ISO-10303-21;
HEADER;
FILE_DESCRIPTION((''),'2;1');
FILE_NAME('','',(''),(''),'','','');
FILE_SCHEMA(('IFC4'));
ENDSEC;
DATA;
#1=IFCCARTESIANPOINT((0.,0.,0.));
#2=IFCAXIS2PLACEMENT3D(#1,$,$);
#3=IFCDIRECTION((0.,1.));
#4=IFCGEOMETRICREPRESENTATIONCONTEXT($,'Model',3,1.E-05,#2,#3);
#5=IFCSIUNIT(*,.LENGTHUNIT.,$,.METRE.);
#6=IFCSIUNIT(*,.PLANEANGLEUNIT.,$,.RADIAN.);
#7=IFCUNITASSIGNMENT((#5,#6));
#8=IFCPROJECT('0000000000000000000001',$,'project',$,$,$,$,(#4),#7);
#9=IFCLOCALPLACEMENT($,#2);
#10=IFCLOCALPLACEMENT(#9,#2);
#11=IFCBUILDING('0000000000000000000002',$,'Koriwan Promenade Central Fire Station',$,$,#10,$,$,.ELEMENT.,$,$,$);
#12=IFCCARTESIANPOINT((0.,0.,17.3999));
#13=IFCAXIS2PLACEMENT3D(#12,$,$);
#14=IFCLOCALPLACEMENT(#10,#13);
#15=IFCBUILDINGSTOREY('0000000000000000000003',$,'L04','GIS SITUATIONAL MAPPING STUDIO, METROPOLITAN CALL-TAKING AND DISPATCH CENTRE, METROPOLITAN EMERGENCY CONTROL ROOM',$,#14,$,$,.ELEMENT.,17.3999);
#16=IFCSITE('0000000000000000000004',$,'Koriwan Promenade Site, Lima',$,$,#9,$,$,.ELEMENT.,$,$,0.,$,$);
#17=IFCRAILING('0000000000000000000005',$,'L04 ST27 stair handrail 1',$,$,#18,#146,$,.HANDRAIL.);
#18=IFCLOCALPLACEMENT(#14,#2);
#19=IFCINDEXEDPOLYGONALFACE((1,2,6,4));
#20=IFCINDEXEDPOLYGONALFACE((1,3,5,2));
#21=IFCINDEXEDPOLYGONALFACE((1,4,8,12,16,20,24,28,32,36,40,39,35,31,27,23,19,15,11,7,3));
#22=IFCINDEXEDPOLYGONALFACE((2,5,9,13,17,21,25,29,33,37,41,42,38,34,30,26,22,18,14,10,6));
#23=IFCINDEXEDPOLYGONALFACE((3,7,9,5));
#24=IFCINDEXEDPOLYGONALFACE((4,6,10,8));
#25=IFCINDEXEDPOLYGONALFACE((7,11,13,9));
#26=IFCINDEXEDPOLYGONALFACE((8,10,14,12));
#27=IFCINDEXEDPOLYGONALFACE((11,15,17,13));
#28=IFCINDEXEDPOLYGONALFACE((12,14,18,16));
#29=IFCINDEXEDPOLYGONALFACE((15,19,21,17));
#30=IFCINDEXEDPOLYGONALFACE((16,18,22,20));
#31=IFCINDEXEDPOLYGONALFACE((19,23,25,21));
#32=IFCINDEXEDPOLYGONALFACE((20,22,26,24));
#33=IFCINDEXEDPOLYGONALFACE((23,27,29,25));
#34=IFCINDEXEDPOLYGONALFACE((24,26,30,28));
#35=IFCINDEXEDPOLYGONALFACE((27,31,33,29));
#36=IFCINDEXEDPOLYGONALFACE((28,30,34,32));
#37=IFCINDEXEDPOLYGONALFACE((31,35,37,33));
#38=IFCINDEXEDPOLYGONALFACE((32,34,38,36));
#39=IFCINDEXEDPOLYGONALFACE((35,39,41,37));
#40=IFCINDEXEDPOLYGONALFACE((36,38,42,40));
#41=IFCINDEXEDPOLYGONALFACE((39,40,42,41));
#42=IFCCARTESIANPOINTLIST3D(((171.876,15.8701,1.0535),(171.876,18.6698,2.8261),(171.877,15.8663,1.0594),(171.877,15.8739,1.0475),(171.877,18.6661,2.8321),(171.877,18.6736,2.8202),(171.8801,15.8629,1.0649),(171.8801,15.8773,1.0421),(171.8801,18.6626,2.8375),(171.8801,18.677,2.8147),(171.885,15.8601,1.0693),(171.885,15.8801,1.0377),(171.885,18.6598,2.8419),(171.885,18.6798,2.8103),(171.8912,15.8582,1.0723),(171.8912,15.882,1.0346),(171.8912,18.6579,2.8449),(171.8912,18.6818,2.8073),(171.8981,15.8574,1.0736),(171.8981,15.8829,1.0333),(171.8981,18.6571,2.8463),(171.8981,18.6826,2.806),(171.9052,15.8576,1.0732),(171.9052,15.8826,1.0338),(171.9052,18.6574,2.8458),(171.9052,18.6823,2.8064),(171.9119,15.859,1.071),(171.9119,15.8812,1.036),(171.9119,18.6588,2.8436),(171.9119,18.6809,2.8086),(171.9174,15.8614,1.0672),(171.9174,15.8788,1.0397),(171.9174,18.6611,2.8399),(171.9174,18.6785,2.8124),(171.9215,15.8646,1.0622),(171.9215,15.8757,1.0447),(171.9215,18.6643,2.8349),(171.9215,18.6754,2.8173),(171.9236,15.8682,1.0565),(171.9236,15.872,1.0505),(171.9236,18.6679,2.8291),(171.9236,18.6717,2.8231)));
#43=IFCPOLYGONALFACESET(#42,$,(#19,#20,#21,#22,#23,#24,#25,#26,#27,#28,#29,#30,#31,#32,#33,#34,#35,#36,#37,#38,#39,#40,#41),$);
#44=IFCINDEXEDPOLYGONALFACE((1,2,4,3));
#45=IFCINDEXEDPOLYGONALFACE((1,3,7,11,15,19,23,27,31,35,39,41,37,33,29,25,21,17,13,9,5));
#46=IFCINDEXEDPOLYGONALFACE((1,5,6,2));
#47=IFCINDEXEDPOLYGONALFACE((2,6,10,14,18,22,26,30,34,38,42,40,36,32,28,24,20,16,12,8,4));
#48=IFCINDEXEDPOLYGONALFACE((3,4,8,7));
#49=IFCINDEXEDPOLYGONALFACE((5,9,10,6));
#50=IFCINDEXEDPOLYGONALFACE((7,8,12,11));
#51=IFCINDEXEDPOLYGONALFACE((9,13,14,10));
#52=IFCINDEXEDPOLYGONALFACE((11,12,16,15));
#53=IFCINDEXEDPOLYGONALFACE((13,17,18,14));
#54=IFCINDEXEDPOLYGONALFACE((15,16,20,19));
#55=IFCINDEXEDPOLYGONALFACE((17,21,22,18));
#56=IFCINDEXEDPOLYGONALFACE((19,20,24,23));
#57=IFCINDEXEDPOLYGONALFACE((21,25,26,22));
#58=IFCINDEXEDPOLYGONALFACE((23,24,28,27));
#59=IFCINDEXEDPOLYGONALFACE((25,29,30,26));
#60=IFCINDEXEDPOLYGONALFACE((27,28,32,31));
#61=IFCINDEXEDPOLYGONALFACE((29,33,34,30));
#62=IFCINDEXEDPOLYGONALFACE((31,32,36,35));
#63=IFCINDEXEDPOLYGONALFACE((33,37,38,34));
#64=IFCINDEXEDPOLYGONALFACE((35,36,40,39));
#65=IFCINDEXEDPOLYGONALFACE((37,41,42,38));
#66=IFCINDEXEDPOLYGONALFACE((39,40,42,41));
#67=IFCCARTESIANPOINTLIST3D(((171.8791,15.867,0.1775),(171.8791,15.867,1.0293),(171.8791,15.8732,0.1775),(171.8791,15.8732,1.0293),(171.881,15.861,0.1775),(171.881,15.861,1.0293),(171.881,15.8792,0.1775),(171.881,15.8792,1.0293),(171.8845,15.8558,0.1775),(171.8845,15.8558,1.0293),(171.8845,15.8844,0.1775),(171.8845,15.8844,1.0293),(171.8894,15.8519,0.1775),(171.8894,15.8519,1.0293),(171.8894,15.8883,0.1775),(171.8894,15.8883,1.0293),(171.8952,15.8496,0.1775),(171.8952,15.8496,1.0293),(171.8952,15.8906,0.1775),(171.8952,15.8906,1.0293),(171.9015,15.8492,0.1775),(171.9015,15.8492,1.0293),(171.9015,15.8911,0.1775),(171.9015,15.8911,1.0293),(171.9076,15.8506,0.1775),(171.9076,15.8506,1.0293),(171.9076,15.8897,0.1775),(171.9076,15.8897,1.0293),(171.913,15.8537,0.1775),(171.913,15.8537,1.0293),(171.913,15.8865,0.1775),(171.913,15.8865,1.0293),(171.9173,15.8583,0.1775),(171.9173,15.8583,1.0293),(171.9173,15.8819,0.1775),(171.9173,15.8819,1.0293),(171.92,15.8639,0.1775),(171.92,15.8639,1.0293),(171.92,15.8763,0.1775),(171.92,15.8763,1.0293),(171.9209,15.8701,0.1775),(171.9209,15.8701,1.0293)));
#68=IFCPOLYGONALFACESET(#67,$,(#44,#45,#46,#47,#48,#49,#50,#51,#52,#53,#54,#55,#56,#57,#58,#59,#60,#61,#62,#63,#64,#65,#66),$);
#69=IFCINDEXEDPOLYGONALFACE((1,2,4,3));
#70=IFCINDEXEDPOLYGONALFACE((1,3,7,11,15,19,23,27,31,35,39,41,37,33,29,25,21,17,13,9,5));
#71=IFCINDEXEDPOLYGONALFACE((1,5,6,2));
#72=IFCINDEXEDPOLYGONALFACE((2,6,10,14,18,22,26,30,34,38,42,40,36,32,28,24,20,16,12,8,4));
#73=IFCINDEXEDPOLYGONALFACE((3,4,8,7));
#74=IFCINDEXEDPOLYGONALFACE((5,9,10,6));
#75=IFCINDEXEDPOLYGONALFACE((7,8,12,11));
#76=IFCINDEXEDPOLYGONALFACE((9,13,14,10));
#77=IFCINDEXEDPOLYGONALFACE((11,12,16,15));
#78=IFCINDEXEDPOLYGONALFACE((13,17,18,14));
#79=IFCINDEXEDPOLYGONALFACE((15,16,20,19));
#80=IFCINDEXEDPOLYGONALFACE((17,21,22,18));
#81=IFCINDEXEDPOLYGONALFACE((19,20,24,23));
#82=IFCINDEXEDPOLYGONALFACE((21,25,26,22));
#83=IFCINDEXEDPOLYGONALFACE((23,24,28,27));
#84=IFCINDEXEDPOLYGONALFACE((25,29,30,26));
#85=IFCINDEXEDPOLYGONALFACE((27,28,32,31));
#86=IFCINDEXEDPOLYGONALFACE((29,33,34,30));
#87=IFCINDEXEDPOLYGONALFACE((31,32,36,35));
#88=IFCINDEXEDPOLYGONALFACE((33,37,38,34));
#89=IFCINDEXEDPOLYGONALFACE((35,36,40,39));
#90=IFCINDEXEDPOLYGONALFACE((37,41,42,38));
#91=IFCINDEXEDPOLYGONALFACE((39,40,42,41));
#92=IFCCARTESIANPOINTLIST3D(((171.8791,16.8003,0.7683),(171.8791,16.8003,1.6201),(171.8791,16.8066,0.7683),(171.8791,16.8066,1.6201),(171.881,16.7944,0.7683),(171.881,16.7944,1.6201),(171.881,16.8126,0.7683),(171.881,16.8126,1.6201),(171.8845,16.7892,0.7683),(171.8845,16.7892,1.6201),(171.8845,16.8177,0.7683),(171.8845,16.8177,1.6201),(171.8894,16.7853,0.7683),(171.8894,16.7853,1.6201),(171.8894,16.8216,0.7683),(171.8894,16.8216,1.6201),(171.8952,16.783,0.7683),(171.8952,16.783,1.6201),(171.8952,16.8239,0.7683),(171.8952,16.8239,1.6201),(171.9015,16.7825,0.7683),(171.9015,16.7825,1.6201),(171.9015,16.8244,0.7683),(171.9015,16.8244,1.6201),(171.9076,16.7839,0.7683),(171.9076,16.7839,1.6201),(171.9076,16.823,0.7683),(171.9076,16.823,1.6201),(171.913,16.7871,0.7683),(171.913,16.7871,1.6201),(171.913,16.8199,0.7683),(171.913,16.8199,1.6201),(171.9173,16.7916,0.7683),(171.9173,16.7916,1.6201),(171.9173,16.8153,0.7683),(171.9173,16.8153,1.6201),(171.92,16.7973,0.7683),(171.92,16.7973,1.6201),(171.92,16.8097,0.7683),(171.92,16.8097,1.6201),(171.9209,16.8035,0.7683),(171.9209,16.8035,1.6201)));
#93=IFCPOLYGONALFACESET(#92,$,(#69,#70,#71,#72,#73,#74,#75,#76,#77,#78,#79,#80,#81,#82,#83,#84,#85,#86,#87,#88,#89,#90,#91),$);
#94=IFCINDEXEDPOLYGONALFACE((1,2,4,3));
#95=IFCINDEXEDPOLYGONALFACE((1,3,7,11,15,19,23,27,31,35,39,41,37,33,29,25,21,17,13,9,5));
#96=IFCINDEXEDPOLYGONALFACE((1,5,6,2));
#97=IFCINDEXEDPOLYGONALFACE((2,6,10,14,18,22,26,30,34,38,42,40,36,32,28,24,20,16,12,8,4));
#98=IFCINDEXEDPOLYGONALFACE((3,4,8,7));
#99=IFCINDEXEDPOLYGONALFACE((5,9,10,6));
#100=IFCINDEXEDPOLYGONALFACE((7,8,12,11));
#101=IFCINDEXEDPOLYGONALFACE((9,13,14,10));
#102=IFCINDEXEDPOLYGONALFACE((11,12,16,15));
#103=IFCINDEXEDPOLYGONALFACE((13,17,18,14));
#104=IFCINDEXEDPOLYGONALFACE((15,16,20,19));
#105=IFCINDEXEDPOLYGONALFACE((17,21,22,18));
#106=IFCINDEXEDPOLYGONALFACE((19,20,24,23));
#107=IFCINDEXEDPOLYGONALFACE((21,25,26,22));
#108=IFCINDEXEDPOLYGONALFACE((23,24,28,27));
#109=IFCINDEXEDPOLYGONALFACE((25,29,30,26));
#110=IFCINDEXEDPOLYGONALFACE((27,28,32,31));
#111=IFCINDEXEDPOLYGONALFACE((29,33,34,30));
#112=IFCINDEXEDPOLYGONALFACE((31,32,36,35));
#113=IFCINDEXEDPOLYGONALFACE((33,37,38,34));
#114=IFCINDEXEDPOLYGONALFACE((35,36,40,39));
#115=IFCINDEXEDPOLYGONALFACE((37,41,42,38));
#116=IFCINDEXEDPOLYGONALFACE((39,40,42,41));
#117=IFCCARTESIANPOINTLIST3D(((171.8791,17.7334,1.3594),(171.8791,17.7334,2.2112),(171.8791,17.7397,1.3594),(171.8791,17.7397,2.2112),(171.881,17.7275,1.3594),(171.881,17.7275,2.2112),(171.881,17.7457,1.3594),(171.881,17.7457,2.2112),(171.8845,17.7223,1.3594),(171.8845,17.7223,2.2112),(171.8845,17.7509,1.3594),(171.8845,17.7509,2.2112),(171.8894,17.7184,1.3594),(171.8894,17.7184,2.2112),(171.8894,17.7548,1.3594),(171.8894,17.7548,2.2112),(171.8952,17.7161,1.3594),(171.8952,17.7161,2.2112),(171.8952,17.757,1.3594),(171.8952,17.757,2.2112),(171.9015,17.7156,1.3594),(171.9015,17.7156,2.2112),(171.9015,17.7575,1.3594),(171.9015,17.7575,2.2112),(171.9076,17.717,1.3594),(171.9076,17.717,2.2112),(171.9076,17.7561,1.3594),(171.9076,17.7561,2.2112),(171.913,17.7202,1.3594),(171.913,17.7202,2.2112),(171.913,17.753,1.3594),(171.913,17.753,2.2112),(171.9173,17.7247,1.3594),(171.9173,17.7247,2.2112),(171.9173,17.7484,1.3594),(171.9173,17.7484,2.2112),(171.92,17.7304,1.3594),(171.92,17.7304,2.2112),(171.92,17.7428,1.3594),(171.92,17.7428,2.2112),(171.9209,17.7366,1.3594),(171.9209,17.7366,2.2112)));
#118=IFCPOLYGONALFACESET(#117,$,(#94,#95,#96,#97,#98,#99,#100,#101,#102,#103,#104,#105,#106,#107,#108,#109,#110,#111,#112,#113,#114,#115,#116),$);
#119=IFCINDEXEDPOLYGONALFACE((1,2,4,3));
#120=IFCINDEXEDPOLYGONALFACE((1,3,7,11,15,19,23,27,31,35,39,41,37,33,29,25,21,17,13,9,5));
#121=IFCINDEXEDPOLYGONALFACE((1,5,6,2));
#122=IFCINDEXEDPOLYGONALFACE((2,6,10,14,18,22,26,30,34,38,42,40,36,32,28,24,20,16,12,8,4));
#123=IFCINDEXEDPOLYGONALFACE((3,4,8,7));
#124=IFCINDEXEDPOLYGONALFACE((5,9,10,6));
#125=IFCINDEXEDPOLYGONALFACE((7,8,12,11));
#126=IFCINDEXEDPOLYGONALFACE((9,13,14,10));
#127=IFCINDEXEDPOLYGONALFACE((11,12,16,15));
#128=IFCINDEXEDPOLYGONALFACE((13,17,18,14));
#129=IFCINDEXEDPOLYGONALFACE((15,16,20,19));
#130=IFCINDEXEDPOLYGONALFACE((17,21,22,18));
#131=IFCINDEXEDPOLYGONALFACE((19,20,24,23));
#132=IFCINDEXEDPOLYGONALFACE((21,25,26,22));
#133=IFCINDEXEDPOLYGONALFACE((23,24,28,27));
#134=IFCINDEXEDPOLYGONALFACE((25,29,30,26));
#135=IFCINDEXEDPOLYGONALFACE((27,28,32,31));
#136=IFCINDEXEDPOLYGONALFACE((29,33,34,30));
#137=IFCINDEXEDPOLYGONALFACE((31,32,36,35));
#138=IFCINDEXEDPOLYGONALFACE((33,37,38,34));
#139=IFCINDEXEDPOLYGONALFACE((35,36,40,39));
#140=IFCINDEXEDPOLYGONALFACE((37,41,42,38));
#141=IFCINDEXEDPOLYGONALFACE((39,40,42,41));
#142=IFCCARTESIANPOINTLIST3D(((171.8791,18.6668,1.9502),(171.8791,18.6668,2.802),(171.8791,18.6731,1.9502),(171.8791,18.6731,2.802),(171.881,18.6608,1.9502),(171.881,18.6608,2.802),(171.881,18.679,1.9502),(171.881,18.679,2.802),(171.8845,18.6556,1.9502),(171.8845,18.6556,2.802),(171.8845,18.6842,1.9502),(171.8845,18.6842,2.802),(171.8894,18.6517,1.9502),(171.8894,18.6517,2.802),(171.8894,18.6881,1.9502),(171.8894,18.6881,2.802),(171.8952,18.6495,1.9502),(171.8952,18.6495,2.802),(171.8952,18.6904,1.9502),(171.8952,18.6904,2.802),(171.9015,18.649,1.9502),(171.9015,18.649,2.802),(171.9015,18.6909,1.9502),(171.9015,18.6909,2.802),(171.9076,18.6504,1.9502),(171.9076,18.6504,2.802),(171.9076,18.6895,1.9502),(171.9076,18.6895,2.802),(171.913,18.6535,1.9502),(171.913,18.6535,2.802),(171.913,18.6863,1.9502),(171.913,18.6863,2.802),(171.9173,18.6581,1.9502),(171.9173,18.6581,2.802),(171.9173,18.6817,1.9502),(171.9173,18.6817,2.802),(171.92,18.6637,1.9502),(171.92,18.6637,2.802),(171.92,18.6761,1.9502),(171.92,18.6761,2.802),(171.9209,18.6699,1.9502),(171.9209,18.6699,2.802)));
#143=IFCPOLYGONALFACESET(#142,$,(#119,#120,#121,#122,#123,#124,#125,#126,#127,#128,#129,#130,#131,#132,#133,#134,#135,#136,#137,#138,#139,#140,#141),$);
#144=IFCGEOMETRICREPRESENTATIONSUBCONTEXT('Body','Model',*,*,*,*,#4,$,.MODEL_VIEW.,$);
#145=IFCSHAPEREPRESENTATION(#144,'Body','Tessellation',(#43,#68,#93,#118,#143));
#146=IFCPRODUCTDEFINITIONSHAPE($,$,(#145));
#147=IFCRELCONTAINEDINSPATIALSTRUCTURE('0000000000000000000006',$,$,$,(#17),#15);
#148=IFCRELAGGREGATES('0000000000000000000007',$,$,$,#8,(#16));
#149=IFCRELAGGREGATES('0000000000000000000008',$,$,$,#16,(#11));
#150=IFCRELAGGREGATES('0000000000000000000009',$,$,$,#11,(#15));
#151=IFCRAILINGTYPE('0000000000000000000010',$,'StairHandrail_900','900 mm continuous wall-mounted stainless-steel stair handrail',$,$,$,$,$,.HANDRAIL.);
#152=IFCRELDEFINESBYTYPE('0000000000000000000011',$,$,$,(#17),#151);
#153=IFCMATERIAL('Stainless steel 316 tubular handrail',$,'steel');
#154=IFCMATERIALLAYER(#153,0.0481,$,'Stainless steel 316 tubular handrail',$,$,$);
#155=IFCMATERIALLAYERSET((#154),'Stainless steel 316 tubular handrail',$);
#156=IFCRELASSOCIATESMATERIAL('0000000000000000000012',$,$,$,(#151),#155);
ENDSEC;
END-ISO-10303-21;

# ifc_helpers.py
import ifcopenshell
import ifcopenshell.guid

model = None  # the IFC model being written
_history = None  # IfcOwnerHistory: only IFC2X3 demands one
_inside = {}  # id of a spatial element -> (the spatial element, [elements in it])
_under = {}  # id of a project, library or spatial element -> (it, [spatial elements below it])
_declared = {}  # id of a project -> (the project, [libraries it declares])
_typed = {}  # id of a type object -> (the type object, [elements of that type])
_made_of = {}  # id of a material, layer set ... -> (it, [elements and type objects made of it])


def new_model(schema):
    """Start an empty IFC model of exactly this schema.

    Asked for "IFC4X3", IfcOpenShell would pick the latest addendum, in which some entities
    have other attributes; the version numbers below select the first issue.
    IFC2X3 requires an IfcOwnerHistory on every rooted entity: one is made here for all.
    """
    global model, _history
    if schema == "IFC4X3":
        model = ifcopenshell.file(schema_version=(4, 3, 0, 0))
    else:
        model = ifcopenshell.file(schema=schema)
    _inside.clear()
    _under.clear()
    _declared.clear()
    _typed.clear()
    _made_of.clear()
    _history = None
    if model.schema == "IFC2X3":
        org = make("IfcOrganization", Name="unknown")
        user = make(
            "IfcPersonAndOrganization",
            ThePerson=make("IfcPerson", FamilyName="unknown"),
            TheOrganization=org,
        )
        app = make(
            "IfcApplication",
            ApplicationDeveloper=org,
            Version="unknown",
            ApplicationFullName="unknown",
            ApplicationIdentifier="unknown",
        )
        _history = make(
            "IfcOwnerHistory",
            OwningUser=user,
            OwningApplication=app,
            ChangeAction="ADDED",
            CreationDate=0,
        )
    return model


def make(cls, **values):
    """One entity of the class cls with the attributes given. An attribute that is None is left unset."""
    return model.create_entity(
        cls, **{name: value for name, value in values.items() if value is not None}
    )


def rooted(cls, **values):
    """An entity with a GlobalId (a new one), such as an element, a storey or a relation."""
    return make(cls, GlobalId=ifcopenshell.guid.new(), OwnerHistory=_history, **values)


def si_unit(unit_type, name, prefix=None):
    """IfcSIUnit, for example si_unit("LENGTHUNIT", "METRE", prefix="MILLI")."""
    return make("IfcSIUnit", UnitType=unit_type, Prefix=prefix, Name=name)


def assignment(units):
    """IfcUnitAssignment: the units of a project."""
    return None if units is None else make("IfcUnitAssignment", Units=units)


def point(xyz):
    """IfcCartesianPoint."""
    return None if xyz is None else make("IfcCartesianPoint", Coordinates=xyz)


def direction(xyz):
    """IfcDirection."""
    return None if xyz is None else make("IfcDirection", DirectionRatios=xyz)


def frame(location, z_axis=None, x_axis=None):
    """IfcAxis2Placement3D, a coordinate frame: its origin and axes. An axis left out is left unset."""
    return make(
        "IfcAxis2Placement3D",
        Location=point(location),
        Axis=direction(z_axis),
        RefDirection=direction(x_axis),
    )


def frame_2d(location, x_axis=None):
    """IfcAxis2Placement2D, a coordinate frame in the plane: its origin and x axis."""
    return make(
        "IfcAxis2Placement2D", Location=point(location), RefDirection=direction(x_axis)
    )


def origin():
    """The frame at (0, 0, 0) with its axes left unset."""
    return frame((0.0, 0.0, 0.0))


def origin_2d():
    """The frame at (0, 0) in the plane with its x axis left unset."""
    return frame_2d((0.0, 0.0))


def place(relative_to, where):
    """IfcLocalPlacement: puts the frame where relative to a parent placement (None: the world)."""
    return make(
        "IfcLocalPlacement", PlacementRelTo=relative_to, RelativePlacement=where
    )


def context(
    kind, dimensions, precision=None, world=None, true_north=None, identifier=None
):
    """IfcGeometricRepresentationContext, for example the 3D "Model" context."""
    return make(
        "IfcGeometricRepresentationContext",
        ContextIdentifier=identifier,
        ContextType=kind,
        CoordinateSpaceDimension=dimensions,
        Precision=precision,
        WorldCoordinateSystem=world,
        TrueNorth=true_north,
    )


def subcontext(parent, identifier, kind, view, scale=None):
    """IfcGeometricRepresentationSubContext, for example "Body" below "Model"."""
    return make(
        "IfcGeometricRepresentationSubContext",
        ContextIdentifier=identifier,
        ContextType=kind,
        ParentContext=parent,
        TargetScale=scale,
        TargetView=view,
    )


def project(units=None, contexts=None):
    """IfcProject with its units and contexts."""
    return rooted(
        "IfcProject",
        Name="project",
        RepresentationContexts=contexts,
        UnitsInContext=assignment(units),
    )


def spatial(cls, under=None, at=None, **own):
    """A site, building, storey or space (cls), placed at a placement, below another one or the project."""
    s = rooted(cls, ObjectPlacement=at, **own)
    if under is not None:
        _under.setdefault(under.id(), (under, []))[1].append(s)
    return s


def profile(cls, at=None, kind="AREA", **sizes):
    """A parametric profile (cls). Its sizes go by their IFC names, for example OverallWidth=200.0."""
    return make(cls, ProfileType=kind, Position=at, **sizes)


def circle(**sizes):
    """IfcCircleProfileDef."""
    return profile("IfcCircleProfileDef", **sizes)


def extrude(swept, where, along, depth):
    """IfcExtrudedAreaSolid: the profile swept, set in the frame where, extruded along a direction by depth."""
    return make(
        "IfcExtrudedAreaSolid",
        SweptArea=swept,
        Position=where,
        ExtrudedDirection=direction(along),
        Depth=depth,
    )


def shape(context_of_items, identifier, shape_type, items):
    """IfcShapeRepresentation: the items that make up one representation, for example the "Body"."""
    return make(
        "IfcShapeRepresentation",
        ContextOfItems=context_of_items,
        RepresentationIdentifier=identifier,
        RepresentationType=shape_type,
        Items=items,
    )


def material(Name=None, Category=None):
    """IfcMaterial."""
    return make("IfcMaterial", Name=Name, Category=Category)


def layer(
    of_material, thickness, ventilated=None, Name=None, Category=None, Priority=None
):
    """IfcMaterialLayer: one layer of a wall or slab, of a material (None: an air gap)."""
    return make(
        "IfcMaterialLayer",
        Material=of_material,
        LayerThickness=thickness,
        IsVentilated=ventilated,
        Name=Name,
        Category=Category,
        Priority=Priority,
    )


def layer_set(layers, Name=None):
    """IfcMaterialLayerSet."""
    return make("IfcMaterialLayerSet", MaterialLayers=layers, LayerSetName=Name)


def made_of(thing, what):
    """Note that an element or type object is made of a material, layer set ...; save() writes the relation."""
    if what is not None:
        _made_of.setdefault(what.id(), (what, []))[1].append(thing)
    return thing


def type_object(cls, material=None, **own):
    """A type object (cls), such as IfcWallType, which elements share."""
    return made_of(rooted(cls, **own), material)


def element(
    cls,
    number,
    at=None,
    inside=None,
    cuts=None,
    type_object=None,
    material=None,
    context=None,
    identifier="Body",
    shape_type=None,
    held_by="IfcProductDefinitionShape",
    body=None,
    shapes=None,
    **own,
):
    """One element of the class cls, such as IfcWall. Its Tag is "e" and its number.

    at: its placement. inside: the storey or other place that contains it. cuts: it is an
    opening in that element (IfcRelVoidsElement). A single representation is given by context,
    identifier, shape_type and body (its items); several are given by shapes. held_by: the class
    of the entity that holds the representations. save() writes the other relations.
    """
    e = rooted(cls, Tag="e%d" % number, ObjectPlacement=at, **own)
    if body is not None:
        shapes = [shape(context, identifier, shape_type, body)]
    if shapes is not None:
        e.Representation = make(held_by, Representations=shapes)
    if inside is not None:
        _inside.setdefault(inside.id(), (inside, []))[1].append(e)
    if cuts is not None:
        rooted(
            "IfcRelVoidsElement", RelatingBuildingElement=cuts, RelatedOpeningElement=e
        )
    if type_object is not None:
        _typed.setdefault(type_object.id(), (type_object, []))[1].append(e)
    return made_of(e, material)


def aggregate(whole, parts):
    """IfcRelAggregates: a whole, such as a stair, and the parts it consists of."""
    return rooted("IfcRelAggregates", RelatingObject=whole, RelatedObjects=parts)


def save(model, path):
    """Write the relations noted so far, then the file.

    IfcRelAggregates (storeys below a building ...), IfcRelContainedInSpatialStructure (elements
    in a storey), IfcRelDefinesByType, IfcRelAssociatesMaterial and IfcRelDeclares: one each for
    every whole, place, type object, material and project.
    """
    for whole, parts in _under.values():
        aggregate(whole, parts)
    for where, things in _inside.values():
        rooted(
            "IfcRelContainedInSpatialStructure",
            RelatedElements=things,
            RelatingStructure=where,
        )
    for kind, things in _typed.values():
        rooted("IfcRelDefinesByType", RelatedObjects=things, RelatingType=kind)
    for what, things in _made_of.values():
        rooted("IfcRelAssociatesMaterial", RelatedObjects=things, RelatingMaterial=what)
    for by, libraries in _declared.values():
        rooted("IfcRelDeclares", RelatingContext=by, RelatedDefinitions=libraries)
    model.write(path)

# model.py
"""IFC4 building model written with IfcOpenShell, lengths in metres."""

from ifc_helpers import new_model, si_unit, direction, frame, origin, origin_2d, place, context, subcontext, project, spatial, circle, extrude, material, layer, layer_set, type_object, element, save


model = new_model("IFC4")

# Units and contexts
model_context = context("Model", 3, precision=1e-05, world=origin(), true_north=direction((0.0, 1.0)))
body_context = subcontext(model_context, "Body", "Model", "MODEL_VIEW")
ifc_project = project(units=[si_unit("LENGTHUNIT", "METRE"), si_unit("PLANEANGLEUNIT", "RADIAN")], contexts=[model_context])

# Site, building, storey
site_placement = place(None, origin())
site = spatial("IfcSite", under=ifc_project, at=site_placement, Name="Koriwan Promenade Site, Lima", CompositionType="ELEMENT", RefElevation=0.0)
building_placement = place(site_placement, origin())
building = spatial("IfcBuilding", under=site, at=building_placement, Name="Koriwan Promenade Central Fire Station", CompositionType="ELEMENT")
storey_placement = place(building_placement, frame((0.0, 0.0, 17.3999)))
storey = spatial("IfcBuildingStorey", under=building, at=storey_placement, Name="L04", Description="GIS SITUATIONAL MAPPING STUDIO, METROPOLITAN CALL-TAKING AND DISPATCH CENTRE, METROPOLITAN EMERGENCY CONTROL ROOM", CompositionType="ELEMENT", Elevation=17.3999)

# Railing
ifc_material_1 = material(Name="Stainless steel 316 tubular handrail", Category="steel")
ifc_layer_1 = layer(ifc_material_1, 0.0481, Name="Stainless steel 316 tubular handrail")
ifc_layer_set_1 = layer_set([ifc_layer_1], Name="Stainless steel 316 tubular handrail")
railing_type_1 = type_object("IfcRailingType", Name="StairHandrail_900", Description="900 mm continuous wall-mounted stainless-steel stair handrail", PredefinedType="HANDRAIL", material=ifc_layer_set_1)
railing_1_placement = place(storey_placement, frame((171.8999, 15.8701, 0.1775)))
element("IfcRailing", 1, at=railing_1_placement, inside=storey, type_object=railing_type_1, Name="L04 ST27 stair handrail 1", PredefinedType="HANDRAIL", context=body_context, shape_type="SweptSolid", body=[
    extrude(circle(Radius=0.0239, at=origin_2d()), frame((0.0, 0.0, 0.876), z_axis=(0.0, 0.844888, 0.534943), x_axis=(-1.0, 0.0, 0.0)), (0.0, 0.0, 1.0), 3.3137),
    extrude(circle(Radius=0.021, at=origin_2d()), origin(), (0.0, 0.0, 1.0), 0.8518),
    extrude(circle(Radius=0.021, at=origin_2d()), frame((0.0, 0.9333, 0.5908)), (0.0, 0.0, 1.0), 0.8518),
    extrude(circle(Radius=0.021, at=origin_2d()), frame((0.0, 1.8665, 1.1819)), (0.0, 0.0, 1.0), 0.8518),
    extrude(circle(Radius=0.021, at=origin_2d()), frame((0.0, 2.7998, 1.7727)), (0.0, 0.0, 1.0), 0.8518),
])

save(model, "model.ifc")
